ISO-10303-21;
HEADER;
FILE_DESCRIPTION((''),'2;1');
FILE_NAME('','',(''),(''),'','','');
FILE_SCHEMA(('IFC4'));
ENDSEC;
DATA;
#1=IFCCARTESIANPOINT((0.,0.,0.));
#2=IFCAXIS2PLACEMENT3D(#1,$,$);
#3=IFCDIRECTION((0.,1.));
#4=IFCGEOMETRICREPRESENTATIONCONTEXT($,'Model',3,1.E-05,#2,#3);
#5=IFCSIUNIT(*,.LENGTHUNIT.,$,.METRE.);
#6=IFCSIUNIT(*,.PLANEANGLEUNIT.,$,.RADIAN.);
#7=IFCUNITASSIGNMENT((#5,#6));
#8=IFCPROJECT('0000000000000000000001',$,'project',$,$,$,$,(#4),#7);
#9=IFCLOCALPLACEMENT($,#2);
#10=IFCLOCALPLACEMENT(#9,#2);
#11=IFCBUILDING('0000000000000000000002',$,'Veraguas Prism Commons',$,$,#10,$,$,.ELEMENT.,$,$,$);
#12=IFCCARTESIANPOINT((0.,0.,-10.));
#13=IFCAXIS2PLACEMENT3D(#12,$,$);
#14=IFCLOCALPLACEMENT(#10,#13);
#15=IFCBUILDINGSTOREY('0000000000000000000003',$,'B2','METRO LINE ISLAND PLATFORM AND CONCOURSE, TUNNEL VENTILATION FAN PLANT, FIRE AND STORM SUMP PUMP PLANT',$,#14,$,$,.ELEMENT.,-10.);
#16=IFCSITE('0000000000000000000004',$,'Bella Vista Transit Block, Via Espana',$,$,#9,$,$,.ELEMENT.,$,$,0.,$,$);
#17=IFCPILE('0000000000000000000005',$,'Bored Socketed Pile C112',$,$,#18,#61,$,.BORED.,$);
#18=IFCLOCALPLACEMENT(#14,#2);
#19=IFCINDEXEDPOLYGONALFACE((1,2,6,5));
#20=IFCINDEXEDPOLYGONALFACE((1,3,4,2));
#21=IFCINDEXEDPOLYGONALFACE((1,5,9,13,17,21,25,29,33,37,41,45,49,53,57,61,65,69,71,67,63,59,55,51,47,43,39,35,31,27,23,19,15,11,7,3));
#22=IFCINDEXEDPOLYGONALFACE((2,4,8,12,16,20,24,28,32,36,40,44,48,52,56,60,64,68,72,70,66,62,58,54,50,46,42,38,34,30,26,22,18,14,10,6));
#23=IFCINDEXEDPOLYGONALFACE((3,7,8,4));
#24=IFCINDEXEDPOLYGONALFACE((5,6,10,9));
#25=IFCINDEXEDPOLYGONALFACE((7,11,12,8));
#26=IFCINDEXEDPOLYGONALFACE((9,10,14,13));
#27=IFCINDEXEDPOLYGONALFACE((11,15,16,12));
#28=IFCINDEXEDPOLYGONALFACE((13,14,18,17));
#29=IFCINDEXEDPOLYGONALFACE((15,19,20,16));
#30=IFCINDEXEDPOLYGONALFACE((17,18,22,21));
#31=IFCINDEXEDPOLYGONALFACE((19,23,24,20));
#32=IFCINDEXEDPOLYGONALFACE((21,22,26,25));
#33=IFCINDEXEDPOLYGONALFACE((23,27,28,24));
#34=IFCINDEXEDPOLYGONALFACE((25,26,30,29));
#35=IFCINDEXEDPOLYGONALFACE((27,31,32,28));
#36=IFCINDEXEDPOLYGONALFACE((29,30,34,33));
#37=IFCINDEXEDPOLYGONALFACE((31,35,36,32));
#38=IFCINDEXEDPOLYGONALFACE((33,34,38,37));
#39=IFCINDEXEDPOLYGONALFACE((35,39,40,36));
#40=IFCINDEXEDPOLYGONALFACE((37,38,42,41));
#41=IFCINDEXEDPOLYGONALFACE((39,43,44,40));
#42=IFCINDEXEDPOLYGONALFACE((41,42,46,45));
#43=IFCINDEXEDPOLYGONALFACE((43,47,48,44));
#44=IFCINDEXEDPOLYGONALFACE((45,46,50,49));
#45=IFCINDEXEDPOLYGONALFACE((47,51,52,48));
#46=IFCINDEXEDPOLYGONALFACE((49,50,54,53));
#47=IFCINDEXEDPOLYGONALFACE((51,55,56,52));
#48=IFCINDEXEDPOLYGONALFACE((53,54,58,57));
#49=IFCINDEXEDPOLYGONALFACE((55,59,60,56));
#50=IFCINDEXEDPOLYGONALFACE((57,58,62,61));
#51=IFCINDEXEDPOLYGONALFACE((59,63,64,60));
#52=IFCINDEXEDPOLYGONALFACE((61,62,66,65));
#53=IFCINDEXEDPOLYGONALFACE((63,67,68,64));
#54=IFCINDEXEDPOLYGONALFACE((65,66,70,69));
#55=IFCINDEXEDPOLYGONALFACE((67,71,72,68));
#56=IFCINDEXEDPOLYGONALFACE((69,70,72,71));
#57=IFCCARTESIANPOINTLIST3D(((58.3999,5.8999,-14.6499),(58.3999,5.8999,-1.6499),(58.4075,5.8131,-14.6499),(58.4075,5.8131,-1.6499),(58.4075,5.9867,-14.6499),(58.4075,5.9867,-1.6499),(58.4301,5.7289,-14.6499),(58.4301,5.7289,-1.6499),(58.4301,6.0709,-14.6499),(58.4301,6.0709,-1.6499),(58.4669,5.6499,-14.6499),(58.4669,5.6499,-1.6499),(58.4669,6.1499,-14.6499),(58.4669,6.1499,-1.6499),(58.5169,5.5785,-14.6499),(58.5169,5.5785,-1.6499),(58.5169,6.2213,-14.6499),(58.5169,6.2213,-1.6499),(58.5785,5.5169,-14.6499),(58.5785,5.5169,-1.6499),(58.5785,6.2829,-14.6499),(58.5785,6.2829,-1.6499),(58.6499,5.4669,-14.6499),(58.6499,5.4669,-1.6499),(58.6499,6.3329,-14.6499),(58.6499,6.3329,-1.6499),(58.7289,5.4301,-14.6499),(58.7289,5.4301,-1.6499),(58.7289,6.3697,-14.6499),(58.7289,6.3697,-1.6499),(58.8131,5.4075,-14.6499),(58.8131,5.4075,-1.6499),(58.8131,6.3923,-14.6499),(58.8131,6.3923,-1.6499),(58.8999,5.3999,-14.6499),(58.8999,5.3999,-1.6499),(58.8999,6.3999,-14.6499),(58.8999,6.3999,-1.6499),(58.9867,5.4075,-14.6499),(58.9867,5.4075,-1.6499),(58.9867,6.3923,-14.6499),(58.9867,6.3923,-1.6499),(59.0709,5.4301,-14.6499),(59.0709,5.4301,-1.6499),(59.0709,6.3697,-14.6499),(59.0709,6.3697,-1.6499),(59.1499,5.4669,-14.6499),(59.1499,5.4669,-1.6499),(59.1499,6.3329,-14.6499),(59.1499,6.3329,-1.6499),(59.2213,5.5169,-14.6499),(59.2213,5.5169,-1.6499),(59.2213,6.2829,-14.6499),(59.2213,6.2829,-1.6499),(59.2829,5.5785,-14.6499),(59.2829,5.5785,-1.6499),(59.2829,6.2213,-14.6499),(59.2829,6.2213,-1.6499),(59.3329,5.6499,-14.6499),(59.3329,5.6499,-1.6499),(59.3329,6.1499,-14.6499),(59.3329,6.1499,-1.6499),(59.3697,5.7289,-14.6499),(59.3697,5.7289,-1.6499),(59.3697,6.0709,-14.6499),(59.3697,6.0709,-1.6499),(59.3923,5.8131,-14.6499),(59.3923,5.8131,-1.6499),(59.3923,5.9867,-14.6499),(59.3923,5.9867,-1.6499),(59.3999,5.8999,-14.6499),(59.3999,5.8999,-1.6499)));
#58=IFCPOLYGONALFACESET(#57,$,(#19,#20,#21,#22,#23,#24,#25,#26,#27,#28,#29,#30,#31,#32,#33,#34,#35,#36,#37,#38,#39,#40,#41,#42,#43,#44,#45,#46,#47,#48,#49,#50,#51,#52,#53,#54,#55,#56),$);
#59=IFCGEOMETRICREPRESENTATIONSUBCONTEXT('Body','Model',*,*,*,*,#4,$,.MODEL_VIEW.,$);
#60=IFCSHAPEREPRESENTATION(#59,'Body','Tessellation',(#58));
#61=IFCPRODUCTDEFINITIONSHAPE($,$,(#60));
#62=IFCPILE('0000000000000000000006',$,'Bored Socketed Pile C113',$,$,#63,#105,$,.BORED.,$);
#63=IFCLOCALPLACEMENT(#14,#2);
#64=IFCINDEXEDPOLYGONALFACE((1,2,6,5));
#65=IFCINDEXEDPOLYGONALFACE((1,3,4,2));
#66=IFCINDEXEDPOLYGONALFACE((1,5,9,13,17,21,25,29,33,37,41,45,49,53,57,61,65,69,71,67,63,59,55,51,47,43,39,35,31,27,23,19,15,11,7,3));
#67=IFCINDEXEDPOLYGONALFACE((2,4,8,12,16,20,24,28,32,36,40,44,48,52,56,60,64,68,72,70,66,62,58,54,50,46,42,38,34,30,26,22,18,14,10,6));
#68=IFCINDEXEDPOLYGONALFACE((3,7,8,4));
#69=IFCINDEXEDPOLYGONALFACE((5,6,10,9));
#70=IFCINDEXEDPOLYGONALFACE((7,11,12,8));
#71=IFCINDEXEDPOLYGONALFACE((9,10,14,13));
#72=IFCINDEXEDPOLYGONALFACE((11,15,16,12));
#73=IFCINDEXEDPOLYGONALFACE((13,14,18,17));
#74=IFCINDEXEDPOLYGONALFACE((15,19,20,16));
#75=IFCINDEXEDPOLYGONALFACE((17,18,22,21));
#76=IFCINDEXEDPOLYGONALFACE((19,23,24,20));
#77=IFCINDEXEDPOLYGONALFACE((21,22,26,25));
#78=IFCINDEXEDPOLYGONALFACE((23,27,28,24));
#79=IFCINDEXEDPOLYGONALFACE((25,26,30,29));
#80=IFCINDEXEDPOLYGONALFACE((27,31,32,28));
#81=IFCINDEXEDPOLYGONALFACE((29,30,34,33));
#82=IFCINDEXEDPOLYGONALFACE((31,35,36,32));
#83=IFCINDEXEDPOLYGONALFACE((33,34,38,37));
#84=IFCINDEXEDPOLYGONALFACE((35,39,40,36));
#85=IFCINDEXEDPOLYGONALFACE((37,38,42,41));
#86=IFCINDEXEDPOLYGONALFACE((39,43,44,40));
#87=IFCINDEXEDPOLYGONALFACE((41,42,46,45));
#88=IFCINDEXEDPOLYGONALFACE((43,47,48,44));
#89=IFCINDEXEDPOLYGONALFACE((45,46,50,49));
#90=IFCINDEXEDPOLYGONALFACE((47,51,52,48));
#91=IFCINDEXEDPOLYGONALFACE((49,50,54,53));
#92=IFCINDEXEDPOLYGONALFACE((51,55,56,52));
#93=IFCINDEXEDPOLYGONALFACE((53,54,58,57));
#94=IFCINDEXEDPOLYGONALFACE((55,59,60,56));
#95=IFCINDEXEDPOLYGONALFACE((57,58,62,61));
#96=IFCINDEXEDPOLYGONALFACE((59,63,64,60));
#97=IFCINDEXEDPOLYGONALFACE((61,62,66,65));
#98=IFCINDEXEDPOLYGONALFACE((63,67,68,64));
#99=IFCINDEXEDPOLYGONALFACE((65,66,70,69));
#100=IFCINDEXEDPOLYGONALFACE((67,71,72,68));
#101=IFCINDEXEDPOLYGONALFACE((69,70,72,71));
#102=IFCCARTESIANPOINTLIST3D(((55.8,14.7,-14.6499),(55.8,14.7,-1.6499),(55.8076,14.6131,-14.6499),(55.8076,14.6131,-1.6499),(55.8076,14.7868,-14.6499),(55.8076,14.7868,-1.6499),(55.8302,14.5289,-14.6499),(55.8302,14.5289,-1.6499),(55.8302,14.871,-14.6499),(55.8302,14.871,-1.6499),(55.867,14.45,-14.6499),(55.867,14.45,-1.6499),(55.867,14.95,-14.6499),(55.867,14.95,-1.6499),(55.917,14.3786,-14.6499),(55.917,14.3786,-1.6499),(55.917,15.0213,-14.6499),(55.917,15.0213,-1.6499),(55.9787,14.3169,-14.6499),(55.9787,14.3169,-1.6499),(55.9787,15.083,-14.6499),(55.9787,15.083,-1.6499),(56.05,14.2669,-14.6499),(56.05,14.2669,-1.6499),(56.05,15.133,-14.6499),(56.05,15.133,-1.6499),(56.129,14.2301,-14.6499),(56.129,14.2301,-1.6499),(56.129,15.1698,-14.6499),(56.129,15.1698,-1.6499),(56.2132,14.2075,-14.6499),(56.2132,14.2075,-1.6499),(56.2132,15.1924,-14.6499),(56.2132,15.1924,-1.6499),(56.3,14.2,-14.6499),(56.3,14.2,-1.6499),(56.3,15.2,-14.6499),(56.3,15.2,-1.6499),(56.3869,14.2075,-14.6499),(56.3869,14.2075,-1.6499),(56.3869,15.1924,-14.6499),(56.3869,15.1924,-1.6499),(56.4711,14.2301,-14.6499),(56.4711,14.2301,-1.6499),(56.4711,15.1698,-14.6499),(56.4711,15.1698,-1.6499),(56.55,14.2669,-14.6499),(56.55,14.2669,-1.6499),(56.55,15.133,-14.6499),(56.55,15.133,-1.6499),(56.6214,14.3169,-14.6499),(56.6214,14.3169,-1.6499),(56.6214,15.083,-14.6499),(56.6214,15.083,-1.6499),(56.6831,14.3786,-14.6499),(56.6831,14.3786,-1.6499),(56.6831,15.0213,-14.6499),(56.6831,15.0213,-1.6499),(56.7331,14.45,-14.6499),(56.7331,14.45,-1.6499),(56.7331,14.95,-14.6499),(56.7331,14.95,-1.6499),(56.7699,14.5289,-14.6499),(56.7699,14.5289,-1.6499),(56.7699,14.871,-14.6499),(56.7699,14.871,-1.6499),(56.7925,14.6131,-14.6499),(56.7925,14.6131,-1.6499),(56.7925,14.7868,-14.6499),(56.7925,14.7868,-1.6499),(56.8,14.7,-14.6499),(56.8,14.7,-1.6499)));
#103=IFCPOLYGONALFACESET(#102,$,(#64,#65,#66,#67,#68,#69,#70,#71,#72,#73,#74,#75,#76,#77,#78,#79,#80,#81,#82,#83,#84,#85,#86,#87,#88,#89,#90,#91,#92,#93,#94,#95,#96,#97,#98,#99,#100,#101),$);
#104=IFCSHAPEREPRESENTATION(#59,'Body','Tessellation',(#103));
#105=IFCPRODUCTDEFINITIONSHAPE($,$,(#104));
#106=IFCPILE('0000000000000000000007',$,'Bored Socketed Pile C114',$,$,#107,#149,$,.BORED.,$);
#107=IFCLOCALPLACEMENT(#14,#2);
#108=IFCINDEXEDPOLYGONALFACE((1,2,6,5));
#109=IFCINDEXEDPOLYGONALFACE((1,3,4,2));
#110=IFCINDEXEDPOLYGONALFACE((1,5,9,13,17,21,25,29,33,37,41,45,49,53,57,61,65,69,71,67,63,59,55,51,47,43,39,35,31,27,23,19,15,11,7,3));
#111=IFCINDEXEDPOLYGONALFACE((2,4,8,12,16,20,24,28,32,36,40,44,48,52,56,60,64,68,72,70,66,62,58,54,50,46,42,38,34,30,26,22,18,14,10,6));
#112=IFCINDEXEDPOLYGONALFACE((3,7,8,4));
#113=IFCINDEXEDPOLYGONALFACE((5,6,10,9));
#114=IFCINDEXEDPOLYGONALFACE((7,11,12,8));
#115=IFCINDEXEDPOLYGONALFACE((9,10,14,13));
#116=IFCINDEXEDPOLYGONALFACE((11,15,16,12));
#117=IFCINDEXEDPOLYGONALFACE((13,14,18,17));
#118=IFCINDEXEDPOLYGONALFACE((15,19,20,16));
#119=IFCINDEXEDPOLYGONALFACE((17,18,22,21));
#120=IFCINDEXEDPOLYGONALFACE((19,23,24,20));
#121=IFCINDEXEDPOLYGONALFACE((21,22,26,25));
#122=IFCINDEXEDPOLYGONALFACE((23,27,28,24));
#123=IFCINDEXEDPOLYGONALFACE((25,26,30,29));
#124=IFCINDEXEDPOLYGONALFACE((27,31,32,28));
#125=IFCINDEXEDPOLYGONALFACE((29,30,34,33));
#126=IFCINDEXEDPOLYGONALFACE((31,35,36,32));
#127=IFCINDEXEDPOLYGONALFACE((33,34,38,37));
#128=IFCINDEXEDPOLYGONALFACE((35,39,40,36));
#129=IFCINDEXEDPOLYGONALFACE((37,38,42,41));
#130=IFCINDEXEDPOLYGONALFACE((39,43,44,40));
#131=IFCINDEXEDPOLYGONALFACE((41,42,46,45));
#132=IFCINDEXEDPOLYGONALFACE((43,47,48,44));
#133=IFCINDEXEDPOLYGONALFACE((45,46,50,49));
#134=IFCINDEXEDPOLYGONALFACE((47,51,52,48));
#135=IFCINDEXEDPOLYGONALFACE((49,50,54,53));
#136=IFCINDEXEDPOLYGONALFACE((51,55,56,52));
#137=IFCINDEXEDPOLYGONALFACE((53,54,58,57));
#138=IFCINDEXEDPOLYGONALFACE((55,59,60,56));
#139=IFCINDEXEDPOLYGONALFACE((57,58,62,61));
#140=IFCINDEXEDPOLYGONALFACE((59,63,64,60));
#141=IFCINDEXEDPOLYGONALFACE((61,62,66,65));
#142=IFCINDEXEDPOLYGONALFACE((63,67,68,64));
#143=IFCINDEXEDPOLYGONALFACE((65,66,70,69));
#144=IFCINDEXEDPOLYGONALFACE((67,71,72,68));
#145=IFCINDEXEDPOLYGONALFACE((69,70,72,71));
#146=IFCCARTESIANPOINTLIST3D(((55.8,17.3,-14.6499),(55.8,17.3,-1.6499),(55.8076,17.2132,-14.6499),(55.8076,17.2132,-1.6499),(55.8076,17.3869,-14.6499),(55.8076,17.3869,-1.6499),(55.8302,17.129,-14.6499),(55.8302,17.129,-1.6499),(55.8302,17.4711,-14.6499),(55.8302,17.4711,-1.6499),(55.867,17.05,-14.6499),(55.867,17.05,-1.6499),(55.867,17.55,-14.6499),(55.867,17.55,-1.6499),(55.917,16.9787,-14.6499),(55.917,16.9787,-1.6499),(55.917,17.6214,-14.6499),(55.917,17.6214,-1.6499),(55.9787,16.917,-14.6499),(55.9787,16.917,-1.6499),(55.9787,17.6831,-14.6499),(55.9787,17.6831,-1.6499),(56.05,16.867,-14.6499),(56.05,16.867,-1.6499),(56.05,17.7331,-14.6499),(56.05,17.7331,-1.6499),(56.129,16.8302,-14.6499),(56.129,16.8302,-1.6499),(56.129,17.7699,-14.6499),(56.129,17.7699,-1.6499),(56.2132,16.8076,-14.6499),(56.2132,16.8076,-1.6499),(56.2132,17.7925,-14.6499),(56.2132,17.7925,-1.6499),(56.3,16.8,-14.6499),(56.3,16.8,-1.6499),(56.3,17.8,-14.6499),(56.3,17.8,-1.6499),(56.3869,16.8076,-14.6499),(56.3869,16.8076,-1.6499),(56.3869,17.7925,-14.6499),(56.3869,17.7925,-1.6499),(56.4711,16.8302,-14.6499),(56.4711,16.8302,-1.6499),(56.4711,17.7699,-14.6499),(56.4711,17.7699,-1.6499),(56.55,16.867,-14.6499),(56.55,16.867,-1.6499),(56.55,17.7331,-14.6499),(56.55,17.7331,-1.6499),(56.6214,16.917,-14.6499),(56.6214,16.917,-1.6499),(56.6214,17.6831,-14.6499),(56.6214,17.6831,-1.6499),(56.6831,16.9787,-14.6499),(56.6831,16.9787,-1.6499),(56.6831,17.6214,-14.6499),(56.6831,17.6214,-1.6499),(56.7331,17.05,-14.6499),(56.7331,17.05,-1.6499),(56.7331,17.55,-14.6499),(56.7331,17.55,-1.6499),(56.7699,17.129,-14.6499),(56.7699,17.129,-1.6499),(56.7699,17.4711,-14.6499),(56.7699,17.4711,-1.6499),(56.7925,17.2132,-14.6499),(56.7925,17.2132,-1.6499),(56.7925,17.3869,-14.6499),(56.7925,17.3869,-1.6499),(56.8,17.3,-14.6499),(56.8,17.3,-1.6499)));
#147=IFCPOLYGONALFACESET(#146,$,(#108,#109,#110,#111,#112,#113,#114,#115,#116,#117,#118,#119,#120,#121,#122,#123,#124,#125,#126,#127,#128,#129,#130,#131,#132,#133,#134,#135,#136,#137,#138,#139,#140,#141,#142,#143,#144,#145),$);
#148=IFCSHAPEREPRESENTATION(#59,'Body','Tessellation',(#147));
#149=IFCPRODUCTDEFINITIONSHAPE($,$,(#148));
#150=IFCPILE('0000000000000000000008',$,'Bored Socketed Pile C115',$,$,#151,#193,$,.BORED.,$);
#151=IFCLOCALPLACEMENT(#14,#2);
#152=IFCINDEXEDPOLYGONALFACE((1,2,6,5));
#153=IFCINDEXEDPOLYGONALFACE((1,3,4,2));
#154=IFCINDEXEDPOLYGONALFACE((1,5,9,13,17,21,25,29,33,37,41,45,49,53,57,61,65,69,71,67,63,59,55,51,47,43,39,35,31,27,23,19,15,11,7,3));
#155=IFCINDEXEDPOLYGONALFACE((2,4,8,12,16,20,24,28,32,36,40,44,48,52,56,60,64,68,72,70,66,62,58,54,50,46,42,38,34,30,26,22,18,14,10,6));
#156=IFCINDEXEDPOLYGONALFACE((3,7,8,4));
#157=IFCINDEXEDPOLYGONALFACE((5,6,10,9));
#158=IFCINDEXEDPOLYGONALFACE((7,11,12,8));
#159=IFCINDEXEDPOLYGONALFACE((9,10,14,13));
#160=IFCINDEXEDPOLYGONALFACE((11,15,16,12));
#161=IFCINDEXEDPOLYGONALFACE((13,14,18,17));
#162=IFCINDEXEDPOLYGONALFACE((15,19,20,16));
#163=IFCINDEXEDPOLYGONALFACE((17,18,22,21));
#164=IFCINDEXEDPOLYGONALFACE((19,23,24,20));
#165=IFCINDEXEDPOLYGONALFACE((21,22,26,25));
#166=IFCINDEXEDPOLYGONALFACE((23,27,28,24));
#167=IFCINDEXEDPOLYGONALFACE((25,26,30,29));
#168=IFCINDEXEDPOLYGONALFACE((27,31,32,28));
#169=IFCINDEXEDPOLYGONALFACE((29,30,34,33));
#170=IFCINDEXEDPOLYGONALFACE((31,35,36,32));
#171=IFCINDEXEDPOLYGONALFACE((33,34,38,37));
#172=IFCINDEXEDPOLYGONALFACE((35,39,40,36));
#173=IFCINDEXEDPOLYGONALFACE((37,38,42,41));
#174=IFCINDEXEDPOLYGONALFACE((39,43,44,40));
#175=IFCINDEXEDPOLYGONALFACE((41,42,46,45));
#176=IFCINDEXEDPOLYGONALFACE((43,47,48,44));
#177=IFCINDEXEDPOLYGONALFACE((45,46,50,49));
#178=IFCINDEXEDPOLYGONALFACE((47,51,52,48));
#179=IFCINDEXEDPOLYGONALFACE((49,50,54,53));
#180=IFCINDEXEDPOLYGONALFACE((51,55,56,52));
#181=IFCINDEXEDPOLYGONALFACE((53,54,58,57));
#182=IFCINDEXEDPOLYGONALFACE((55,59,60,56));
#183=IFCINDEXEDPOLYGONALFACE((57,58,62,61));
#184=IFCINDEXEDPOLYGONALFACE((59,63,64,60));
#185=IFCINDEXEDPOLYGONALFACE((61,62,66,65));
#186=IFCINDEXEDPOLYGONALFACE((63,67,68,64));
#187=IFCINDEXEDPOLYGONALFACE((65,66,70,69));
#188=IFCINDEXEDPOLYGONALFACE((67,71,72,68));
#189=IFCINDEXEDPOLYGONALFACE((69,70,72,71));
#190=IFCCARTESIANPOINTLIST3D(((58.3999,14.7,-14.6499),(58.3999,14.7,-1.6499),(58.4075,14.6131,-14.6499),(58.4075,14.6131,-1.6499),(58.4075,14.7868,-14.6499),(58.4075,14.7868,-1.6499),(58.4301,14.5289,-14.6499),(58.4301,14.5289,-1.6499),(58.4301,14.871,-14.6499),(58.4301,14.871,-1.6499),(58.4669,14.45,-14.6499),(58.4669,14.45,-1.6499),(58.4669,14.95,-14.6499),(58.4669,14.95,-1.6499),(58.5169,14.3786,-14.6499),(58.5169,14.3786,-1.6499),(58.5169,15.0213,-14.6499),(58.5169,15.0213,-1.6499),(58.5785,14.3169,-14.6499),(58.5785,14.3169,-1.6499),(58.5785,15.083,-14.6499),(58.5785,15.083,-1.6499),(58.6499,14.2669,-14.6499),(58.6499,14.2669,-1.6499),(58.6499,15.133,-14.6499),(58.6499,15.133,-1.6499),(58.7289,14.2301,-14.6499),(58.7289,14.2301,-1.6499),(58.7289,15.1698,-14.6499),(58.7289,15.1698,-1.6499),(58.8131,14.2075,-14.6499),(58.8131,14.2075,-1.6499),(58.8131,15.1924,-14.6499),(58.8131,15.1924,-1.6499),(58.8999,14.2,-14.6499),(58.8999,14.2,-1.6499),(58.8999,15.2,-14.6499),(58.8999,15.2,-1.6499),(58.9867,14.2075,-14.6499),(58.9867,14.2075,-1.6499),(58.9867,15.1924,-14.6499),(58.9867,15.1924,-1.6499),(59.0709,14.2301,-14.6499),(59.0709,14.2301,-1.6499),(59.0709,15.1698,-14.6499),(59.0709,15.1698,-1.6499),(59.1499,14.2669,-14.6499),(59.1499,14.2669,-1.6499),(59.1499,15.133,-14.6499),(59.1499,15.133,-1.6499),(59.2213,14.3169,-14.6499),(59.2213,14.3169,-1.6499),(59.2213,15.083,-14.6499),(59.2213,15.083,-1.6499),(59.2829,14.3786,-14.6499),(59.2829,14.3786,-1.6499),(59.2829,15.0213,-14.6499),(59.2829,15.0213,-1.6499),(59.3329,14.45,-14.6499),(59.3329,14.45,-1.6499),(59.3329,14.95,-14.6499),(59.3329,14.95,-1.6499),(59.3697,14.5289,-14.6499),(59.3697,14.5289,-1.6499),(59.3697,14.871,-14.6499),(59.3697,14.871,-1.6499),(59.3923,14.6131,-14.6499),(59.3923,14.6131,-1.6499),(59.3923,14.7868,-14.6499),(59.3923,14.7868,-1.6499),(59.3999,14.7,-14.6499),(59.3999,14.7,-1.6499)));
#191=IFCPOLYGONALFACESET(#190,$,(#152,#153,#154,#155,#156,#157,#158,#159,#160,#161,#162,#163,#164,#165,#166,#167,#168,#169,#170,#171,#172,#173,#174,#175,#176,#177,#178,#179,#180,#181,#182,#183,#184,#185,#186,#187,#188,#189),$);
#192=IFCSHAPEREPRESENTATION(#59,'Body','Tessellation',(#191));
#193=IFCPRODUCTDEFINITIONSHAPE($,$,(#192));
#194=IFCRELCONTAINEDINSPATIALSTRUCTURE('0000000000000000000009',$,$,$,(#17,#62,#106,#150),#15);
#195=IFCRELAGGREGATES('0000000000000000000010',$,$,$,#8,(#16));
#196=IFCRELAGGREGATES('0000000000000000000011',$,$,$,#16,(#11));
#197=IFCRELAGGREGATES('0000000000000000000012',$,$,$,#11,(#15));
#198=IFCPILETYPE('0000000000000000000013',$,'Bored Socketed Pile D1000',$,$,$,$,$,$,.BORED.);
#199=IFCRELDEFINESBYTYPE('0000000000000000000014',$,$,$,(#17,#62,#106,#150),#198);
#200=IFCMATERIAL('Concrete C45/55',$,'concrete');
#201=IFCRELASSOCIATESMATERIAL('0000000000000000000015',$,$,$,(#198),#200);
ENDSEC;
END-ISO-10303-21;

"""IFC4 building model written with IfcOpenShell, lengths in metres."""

from ifc_helpers import new_model, si_unit, direction, frame, origin, origin_2d, place, context, subcontext, project, spatial, circle, extrude, source, transform, mapped, material, material_profile, profile_set, type_object, element, save


model = new_model("IFC4")

# Units and contexts
model_context = context("Model", 3, precision=1e-05, world=origin(), true_north=direction((0.0, 1.0)))
body_context = subcontext(model_context, "Body", "Model", "MODEL_VIEW")
ifc_project = project(units=[si_unit("LENGTHUNIT", "METRE"), si_unit("PLANEANGLEUNIT", "RADIAN")], contexts=[model_context])

# Site, building, storey
site_placement = place(None, origin())
site = spatial("IfcSite", under=ifc_project, at=site_placement, Name="Bella Vista Transit Block, Via Espana", CompositionType="ELEMENT", RefElevation=0.0)
building_placement = place(site_placement, origin())
building = spatial("IfcBuilding", under=site, at=building_placement, Name="Veraguas Prism Commons", CompositionType="ELEMENT")
storey_placement = place(building_placement, frame((0.0, 0.0, -10.0)))
storey = spatial("IfcBuildingStorey", under=building, at=storey_placement, Name="B2", Description="METRO LINE ISLAND PLATFORM AND CONCOURSE, TUNNEL VENTILATION FAN PLANT, FIRE AND STORM SUMP PUMP PLANT", CompositionType="ELEMENT", Elevation=-10.0)

# Shared definitions
ifc_material_1 = material(Name="Concrete C45/55", Category="concrete")

# Piles
ifc_material_profile_1 = material_profile(ifc_material_1, circle(Radius=0.5, at=origin_2d()), Name="PILE1000")
ifc_profile_set_1 = profile_set([ifc_material_profile_1], Name="Concrete C45/55")
pile_type = type_object("IfcPileType", Name="Bored Socketed Pile D1000", PredefinedType="BORED", material=ifc_profile_set_1)
shared_shape_1 = source(origin(), body_context, "Body", "SweptSolid", [
    extrude(circle(Radius=0.5, at=origin_2d()), origin(), (0.0, 0.0, 1.0), 13.0),
])
for number, where, z_axis, x_axis, name in (
    (1, (58.8999, 5.8999, -1.6499), (0.0, 0.0, -1.0), (1.0, 0.0, 0.0), "Bored Socketed Pile C112"),
    (2, (56.3, 14.7, -1.6499), (0.0, 0.0, -1.0), (1.0, 0.0, 0.0), "Bored Socketed Pile C113"),
    (3, (56.3, 17.3, -1.6499), (0.0, 0.0, -1.0), (1.0, 0.0, 0.0), "Bored Socketed Pile C114"),
    (4, (58.8999, 14.7, -1.6499), (0.0, 0.0, -1.0), (1.0, 0.0, 0.0), "Bored Socketed Pile C115"),
):
    element("IfcPile", number, at=place(storey_placement, frame(where, z_axis=z_axis, x_axis=x_axis)), inside=storey, type_object=pile_type, Name=name, PredefinedType="BORED", context=body_context, shape_type="MappedRepresentation", body=[
        mapped(shared_shape_1, transform((0.0, 0.0, 0.0), scale=1.0)),
    ])

save(model, "model.ifc")
